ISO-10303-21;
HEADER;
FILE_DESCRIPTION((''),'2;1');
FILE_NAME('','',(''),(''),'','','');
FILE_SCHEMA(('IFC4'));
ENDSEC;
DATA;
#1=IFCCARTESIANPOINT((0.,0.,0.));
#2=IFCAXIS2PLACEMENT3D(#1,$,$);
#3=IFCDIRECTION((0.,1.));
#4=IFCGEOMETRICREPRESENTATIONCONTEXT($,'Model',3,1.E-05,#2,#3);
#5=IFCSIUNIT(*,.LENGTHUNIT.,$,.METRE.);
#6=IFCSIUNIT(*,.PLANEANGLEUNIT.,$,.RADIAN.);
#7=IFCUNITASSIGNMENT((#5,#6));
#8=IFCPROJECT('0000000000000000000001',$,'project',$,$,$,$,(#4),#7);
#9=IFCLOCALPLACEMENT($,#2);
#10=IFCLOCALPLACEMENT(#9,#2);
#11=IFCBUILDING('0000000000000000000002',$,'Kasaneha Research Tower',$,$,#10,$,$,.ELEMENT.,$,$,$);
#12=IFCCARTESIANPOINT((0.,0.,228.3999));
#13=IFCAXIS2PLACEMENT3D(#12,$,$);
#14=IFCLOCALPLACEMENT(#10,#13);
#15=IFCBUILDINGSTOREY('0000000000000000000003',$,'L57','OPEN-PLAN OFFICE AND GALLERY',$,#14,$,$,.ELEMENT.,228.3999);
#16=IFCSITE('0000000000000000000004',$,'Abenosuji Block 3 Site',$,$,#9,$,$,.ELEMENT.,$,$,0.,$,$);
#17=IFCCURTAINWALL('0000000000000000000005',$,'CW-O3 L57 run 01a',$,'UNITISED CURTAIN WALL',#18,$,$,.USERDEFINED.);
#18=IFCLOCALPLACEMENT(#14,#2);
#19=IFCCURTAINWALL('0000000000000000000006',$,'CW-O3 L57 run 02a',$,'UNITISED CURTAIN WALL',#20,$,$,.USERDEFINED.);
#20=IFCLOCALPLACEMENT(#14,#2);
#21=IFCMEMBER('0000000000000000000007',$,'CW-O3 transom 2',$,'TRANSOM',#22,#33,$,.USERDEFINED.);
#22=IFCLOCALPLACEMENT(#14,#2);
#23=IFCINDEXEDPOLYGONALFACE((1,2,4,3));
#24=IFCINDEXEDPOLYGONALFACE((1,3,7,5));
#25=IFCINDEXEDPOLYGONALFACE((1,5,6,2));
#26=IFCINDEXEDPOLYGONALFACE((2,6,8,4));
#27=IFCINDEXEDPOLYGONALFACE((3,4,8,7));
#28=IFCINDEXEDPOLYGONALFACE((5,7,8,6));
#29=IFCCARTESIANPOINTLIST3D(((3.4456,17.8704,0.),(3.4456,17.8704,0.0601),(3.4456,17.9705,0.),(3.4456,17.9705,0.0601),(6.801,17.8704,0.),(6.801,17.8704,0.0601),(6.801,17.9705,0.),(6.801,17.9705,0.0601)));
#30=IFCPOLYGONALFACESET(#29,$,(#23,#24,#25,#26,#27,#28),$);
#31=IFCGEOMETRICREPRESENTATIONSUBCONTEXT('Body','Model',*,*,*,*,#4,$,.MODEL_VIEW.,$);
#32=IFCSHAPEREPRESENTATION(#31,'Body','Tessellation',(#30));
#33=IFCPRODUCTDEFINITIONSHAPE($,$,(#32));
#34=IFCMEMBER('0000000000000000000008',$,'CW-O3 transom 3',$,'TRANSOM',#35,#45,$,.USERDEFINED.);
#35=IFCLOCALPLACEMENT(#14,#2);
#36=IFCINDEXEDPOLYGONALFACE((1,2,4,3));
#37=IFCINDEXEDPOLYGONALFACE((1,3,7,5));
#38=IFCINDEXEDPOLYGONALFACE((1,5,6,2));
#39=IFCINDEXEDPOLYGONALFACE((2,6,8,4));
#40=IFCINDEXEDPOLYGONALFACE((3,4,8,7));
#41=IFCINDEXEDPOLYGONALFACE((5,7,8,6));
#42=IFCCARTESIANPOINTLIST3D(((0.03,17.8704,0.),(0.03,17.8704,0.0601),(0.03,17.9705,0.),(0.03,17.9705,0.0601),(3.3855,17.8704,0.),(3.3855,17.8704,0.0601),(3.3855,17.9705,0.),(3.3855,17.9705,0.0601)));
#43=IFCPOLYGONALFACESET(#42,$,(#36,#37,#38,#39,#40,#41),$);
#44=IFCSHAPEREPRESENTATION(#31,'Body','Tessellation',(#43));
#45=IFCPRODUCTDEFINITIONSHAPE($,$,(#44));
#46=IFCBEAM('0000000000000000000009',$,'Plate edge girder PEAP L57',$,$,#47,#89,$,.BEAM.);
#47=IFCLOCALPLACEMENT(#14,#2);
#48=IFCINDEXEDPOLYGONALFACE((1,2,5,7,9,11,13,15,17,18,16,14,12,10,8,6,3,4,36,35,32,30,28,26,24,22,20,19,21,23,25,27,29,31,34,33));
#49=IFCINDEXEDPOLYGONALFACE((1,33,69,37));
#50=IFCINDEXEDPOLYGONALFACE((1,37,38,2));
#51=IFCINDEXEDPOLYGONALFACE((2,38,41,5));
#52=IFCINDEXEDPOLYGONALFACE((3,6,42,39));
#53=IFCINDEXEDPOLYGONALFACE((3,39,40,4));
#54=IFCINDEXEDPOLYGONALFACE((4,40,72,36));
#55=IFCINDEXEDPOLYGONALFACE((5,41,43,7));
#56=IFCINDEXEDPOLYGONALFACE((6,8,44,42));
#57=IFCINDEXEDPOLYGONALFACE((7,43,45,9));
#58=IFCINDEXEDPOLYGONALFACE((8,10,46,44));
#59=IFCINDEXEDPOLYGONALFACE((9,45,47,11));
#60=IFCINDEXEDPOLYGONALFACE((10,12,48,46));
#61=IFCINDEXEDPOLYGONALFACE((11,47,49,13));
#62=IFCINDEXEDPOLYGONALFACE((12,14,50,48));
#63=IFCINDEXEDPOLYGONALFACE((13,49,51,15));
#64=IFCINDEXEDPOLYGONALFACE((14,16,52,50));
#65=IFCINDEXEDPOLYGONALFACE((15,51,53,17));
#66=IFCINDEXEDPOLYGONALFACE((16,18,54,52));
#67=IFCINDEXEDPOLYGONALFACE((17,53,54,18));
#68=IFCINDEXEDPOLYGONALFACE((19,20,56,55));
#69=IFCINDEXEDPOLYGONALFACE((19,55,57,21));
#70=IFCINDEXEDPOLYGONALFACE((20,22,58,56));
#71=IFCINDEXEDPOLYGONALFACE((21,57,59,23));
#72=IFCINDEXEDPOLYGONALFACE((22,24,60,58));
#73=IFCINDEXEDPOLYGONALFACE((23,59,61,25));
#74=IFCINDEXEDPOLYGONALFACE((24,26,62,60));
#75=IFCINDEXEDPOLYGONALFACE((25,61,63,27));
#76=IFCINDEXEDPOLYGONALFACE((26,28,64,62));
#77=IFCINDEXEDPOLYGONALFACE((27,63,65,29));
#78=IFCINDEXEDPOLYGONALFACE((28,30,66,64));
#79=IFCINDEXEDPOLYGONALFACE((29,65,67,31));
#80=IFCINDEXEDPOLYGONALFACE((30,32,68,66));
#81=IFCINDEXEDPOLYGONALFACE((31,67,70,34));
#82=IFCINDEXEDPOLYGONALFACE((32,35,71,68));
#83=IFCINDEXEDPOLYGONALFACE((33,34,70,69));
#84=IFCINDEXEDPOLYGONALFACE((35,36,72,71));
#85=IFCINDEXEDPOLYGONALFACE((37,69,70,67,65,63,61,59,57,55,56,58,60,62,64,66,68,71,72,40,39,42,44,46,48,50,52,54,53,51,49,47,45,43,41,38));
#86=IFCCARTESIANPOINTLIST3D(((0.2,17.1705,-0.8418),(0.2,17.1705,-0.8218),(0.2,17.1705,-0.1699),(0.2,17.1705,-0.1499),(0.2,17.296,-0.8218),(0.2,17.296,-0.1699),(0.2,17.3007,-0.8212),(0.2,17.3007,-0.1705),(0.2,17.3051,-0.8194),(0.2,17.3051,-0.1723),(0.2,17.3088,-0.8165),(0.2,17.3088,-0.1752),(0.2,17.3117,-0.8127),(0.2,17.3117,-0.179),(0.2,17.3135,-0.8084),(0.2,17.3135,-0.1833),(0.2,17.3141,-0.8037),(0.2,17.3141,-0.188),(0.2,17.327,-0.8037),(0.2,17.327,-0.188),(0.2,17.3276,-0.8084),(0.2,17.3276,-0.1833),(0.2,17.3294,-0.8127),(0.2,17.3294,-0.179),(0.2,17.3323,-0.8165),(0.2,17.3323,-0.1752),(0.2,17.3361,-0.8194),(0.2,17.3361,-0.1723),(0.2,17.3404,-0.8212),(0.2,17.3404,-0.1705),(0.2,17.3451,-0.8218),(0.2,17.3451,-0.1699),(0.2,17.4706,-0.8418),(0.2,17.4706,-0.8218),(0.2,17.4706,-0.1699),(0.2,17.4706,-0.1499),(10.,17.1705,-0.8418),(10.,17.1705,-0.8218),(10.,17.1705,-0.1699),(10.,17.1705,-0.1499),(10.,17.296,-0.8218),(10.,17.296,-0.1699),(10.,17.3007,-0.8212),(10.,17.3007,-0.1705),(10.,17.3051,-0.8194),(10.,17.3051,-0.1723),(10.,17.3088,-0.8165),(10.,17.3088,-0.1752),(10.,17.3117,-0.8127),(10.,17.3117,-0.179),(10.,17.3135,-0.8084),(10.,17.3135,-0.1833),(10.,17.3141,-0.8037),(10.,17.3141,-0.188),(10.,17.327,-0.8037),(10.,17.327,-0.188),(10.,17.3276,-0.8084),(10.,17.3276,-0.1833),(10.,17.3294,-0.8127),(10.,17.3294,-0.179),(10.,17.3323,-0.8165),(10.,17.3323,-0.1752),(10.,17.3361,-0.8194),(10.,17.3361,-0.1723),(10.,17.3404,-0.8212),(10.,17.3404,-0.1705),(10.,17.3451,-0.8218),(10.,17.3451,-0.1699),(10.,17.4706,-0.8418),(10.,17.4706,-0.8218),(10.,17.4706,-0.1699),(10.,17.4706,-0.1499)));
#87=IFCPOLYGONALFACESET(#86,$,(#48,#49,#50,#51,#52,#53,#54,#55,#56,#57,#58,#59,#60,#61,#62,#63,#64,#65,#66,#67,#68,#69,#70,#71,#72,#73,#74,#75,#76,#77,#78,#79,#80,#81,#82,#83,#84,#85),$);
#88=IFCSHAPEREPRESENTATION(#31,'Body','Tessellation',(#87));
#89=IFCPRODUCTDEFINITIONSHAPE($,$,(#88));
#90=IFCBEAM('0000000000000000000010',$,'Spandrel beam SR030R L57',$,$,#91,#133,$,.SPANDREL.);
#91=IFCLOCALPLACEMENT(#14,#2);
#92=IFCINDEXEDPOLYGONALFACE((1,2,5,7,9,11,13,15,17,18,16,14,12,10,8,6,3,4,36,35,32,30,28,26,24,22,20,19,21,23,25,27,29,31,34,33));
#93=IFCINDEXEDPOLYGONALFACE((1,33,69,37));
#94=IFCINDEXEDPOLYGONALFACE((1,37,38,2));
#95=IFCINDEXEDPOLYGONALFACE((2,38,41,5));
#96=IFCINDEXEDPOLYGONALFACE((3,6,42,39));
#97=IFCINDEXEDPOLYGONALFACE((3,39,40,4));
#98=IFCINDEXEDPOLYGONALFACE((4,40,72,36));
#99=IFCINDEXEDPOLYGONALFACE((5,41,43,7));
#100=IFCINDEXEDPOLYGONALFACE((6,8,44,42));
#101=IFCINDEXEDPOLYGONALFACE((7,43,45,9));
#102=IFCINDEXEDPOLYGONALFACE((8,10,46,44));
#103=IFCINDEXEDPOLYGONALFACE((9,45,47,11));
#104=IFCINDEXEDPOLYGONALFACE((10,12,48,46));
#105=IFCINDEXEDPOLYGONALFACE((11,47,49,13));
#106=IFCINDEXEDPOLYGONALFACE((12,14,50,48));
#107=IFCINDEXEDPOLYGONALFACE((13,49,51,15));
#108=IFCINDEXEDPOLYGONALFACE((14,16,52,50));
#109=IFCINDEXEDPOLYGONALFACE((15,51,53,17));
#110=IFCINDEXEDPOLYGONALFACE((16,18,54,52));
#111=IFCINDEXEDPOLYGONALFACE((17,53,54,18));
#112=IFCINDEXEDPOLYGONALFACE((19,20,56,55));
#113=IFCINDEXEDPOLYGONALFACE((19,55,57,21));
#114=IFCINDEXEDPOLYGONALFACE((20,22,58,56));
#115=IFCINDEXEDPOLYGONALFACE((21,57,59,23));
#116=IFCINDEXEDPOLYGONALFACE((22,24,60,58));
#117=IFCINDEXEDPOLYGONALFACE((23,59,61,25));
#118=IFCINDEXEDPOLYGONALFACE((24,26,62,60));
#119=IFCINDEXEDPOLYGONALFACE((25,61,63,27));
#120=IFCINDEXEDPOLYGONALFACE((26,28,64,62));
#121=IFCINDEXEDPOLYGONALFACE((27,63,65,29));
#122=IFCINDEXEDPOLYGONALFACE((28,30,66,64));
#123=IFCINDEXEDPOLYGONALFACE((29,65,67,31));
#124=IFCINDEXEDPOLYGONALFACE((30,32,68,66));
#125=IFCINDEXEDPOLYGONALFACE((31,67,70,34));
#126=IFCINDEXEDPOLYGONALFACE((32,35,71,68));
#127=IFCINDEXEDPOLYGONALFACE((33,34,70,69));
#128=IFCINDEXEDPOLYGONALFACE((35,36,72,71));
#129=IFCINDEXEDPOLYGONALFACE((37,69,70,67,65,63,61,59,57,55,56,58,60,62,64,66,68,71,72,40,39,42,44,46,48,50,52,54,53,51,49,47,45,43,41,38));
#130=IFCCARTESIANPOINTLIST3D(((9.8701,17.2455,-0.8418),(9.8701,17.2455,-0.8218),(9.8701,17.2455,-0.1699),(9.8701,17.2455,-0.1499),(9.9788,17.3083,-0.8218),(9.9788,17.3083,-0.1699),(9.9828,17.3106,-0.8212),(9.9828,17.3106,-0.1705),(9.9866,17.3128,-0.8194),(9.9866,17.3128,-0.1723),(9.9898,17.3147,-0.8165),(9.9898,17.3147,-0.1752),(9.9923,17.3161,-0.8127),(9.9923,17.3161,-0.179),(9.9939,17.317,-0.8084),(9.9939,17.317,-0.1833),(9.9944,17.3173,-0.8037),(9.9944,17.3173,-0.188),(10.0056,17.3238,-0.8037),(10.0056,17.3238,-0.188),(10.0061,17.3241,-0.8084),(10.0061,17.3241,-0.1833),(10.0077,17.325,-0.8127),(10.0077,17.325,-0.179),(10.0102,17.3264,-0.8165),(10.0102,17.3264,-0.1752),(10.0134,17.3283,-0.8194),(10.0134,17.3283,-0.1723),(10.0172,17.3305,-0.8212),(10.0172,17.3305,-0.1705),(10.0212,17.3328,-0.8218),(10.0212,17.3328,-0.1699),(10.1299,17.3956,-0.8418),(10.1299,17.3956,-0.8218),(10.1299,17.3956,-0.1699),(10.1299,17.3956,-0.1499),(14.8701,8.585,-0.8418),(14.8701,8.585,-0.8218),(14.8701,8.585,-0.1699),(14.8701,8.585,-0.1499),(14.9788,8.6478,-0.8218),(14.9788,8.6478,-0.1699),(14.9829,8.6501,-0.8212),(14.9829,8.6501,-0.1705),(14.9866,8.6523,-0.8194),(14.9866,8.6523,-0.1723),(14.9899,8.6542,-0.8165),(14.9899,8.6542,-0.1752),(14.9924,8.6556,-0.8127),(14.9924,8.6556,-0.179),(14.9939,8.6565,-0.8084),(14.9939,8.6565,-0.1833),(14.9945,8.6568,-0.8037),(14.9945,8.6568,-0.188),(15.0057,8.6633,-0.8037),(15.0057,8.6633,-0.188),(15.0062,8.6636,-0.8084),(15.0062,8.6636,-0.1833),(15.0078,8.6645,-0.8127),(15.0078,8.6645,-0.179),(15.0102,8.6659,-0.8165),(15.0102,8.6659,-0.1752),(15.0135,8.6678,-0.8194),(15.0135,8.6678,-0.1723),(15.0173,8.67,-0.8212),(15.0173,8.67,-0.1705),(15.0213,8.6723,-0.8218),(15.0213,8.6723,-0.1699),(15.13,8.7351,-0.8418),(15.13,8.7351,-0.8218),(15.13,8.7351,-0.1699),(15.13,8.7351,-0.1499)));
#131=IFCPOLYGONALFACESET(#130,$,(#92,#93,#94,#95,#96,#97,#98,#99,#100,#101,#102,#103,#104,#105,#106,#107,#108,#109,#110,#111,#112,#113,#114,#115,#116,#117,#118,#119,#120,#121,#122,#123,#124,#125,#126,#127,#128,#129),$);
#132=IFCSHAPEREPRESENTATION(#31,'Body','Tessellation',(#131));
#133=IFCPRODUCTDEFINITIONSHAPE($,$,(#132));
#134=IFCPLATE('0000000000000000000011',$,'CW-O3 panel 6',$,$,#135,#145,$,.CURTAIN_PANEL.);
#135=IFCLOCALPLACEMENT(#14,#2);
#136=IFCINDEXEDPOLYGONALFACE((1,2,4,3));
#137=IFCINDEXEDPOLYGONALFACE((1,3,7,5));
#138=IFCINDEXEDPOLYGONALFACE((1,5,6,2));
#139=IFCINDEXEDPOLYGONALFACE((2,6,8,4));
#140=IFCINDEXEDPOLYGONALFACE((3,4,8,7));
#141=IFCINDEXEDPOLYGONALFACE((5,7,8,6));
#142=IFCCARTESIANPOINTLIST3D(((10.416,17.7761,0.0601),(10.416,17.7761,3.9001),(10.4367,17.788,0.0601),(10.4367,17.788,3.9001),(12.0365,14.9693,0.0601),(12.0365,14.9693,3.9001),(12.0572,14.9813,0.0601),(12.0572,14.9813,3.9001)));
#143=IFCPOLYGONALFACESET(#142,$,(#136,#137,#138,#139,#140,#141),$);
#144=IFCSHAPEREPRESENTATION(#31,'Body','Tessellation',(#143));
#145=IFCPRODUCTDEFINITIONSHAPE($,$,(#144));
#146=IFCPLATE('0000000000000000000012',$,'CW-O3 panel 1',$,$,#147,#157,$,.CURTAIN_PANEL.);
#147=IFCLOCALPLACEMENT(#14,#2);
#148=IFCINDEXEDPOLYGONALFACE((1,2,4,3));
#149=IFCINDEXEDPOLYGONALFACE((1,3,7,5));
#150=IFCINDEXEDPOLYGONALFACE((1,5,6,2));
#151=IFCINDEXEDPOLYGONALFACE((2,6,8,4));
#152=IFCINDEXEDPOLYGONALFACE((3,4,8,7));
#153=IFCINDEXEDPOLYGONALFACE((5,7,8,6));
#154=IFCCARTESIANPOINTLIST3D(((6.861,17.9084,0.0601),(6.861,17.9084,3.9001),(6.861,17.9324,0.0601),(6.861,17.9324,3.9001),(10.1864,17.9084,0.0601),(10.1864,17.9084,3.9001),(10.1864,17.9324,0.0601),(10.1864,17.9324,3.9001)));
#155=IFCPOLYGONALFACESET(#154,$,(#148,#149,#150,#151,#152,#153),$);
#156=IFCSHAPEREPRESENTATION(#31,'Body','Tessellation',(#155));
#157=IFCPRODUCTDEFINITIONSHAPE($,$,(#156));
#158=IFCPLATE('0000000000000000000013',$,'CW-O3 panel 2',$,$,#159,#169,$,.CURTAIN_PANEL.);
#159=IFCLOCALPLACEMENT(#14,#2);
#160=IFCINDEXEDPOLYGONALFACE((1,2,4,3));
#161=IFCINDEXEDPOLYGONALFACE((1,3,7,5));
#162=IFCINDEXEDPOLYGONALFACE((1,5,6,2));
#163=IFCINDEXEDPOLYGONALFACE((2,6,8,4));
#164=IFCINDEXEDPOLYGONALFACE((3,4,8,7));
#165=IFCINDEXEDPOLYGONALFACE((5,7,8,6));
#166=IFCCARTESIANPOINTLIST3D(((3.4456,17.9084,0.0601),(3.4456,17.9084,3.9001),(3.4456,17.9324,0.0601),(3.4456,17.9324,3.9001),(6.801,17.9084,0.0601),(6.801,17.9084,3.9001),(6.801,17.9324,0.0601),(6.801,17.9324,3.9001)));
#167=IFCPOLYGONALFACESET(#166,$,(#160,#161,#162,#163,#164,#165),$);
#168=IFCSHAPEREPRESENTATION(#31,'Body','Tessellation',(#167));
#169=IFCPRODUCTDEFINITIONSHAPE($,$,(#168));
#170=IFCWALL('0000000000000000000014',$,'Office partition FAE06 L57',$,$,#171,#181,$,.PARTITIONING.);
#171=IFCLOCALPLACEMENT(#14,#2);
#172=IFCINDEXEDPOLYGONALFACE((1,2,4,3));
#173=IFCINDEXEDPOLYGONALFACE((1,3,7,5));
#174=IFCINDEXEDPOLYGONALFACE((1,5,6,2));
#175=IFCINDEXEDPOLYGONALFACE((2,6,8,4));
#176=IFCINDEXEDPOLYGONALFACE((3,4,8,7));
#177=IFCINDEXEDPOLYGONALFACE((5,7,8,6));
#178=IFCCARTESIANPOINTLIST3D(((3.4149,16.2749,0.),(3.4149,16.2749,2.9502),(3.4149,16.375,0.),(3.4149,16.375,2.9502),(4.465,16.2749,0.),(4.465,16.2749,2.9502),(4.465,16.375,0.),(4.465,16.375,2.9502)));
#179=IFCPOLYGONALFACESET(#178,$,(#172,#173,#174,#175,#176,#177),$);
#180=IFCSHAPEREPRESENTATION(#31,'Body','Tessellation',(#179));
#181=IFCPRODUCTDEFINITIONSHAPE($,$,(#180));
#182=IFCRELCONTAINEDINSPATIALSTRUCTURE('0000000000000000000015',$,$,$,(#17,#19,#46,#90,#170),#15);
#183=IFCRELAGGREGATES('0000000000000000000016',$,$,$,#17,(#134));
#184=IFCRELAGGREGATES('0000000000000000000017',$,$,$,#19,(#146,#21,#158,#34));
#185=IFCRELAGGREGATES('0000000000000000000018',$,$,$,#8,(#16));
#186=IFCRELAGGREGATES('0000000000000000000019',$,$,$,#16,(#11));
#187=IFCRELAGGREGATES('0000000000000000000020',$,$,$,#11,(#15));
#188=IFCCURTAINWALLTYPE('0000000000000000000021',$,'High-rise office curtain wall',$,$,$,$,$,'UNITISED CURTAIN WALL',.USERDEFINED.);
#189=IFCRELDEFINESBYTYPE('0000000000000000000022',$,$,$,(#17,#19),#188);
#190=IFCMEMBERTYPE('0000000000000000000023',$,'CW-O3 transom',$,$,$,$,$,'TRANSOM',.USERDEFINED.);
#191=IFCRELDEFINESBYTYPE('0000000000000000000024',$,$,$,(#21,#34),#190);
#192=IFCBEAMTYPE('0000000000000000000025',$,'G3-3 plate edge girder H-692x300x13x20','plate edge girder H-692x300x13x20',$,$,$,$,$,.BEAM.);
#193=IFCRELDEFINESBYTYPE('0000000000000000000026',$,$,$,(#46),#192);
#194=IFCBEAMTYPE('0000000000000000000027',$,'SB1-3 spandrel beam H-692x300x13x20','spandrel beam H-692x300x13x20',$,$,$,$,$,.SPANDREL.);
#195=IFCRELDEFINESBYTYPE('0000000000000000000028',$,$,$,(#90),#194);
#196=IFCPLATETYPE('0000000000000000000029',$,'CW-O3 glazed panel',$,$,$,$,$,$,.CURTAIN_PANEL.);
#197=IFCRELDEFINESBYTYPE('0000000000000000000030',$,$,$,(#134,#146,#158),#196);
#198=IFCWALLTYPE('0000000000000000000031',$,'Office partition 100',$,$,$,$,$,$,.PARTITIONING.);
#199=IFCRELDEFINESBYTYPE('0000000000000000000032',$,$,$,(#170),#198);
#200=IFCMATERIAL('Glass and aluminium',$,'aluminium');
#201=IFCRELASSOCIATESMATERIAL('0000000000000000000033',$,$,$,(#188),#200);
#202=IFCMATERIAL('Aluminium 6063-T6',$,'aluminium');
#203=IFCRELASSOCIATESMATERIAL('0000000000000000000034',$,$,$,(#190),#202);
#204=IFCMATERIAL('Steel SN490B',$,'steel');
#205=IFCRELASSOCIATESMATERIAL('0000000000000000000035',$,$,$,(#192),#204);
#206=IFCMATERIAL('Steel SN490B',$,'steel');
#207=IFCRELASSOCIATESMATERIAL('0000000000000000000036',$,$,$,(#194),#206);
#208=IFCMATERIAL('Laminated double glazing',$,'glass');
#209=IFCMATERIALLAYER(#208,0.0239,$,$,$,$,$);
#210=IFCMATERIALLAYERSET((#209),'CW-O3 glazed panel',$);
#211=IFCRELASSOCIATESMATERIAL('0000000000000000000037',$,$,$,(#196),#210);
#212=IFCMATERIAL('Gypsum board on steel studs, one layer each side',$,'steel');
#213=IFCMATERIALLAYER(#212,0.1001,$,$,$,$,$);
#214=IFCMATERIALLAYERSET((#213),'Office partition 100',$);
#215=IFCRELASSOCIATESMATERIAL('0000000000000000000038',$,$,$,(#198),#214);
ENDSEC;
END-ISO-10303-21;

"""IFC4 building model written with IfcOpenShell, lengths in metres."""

from ifc_helpers import new_model, si_unit, direction, frame, frame_2d, origin, origin_2d, place, context, subcontext, project, spatial, rectangle, i_section, extrude, material, layer, layer_set, material_profile, profile_set, type_object, element, aggregate, save


model = new_model("IFC4")

# Units and contexts
model_context = context("Model", 3, precision=1e-05, world=origin(), true_north=direction((0.0, 1.0)))
body_context = subcontext(model_context, "Body", "Model", "MODEL_VIEW")
ifc_project = project(units=[si_unit("LENGTHUNIT", "METRE"), si_unit("PLANEANGLEUNIT", "RADIAN")], contexts=[model_context])

# Site, building, storey
site_placement = place(None, origin())
site = spatial("IfcSite", under=ifc_project, at=site_placement, Name="Abenosuji Block 3 Site", CompositionType="ELEMENT", RefElevation=0.0)
building_placement = place(site_placement, origin())
building = spatial("IfcBuilding", under=site, at=building_placement, Name="Kasaneha Research Tower", CompositionType="ELEMENT")
storey_placement = place(building_placement, frame((0.0, 0.0, 228.3999)))
storey = spatial("IfcBuildingStorey", under=building, at=storey_placement, Name="L57", Description="OPEN-PLAN OFFICE AND GALLERY", CompositionType="ELEMENT", Elevation=228.3999)

# Curtain wall
ifc_material_1 = material(Name="Glass and aluminium", Category="aluminium")
curtain_wall_type = type_object("IfcCurtainWallType", Name="High-rise office curtain wall", ElementType="UNITISED CURTAIN WALL", PredefinedType="USERDEFINED", material=ifc_material_1)
curtain_wall_1_placement = place(storey_placement, origin())
curtain_wall_1 = element("IfcCurtainWall", 1, at=curtain_wall_1_placement, inside=storey, type_object=curtain_wall_type, Name="CW-O3 L57 run 01a", ObjectType="UNITISED CURTAIN WALL", PredefinedType="USERDEFINED")

# Curtain wall, members
curtain_wall_2_placement = place(storey_placement, origin())
curtain_wall_2 = element("IfcCurtainWall", 2, at=curtain_wall_2_placement, inside=storey, type_object=curtain_wall_type, Name="CW-O3 L57 run 02a", ObjectType="UNITISED CURTAIN WALL", PredefinedType="USERDEFINED")
ifc_material_2 = material(Name="Aluminium 6063-T6", Category="aluminium")
ifc_material_profile_1 = material_profile(ifc_material_2, rectangle(XDim=0.1001, YDim=0.0601, at=origin_2d()), Name="CW-O3 transom 100x60")
ifc_profile_set_1 = profile_set([ifc_material_profile_1], Name="Aluminium 6063-T6")
member_type_1 = type_object("IfcMemberType", Name="CW-O3 transom", ElementType="TRANSOM", PredefinedType="USERDEFINED", material=ifc_profile_set_1)
member_1_placement = place(storey_placement, frame((6.801, 17.9204, 0.03), z_axis=(-1.0, 0.0, 0.0), x_axis=(0.0, -1.0, 0.0)))
member_1 = element("IfcMember", 3, at=member_1_placement, type_object=member_type_1, Name="CW-O3 transom 2", ObjectType="TRANSOM", PredefinedType="USERDEFINED", context=body_context, shape_type="SweptSolid", body=[
    extrude(rectangle(XDim=0.1001, YDim=0.0601, at=origin_2d()), origin(), (0.0, 0.0, 1.0), 3.3555),
])
member_2_placement = place(storey_placement, frame((3.3855, 17.9204, 0.03), z_axis=(-1.0, 0.0, 0.0), x_axis=(0.0, -1.0, 0.0)))
member_2 = element("IfcMember", 4, at=member_2_placement, type_object=member_type_1, Name="CW-O3 transom 3", ObjectType="TRANSOM", PredefinedType="USERDEFINED", context=body_context, shape_type="SweptSolid", body=[
    extrude(rectangle(XDim=0.1001, YDim=0.0601, at=origin_2d()), origin(), (0.0, 0.0, 1.0), 3.3555),
])

# Beams
ifc_material_3 = material(Name="Steel SN490B", Category="steel")
ifc_material_profile_2 = material_profile(ifc_material_3, i_section(OverallWidth=0.3, OverallDepth=0.6919, WebThickness=0.0129, FlangeThickness=0.02, FilletRadius=0.0181, at=origin_2d()), Name="H-692x300x13x20")
ifc_profile_set_2 = profile_set([ifc_material_profile_2], Name="Steel SN490B")
beam_type_1 = type_object("IfcBeamType", Name="G3-3 plate edge girder H-692x300x13x20", Description="plate edge girder H-692x300x13x20", PredefinedType="BEAM", material=ifc_profile_set_2)
beam_1_placement = place(storey_placement, frame((10.0, 17.3206, -0.4958), z_axis=(-1.0, 0.0, 0.0), x_axis=(0.0, -1.0, 0.0)))
element("IfcBeam", 5, at=beam_1_placement, inside=storey, type_object=beam_type_1, Name="Plate edge girder PEAP L57", PredefinedType="BEAM", context=body_context, shape_type="SweptSolid", body=[
    extrude(i_section(OverallWidth=0.3, OverallDepth=0.6919, WebThickness=0.0129, FlangeThickness=0.02, FilletRadius=0.0181, at=origin_2d()), origin(), (0.0, 0.0, 1.0), 9.8),
])
ifc_material_4 = material(Name="Steel SN490B", Category="steel")
ifc_material_profile_3 = material_profile(ifc_material_4, i_section(OverallWidth=0.3, OverallDepth=0.6919, WebThickness=0.0129, FlangeThickness=0.02, FilletRadius=0.0181, at=origin_2d()), Name="H-692x300x13x20")
ifc_profile_set_3 = profile_set([ifc_material_profile_3], Name="Steel SN490B")
beam_type_2 = type_object("IfcBeamType", Name="SB1-3 spandrel beam H-692x300x13x20", Description="spandrel beam H-692x300x13x20", PredefinedType="SPANDREL", material=ifc_profile_set_3)
beam_2_placement = place(storey_placement, frame((10.0, 17.3206, -0.4958), z_axis=(0.499994, -0.866029, 0.0), x_axis=(0.866029, 0.499994, 0.0)))
element("IfcBeam", 6, at=beam_2_placement, inside=storey, type_object=beam_type_2, Name="Spandrel beam SR030R L57", PredefinedType="SPANDREL", context=body_context, shape_type="SweptSolid", body=[
    extrude(i_section(OverallWidth=0.3, OverallDepth=0.6919, WebThickness=0.0129, FlangeThickness=0.02, FilletRadius=0.0181, at=origin_2d()), origin(), (0.0, 0.0, 1.0), 10.0002),
])

# Plates
ifc_material_5 = material(Name="Laminated double glazing", Category="glass")
ifc_layer_1 = layer(ifc_material_5, 0.0239)
ifc_layer_set_1 = layer_set([ifc_layer_1], Name="CW-O3 glazed panel")
plate_type = type_object("IfcPlateType", Name="CW-O3 glazed panel", PredefinedType="CURTAIN_PANEL", material=ifc_layer_set_1)
plate_1_placement = place(storey_placement, frame((11.2366, 16.3787, 0.0601), z_axis=(0.0, 0.0, 1.0), x_axis=(-0.5, 0.866025, 0.0)))
plate_1 = element("IfcPlate", 7, at=plate_1_placement, type_object=plate_type, Name="CW-O3 panel 6", PredefinedType="CURTAIN_PANEL", context=body_context, shape_type="SweptSolid", body=[
    extrude(rectangle(XDim=3.241, YDim=0.0239, at=origin_2d()), origin(), (0.0, 0.0, 1.0), 3.8401),
])
aggregate(curtain_wall_1, [plate_1])
plate_2_placement = place(storey_placement, frame((8.5237, 17.9204, 0.0601), z_axis=(0.0, 0.0, 1.0), x_axis=(-1.0, 0.0, 0.0)))
plate_2 = element("IfcPlate", 8, at=plate_2_placement, type_object=plate_type, Name="CW-O3 panel 1", PredefinedType="CURTAIN_PANEL", context=body_context, shape_type="SweptSolid", body=[
    extrude(rectangle(XDim=3.3254, YDim=0.0239, at=origin_2d()), origin(), (0.0, 0.0, 1.0), 3.8401),
])
plate_3_placement = place(storey_placement, frame((5.1233, 17.9204, 0.0601), z_axis=(0.0, 0.0, 1.0), x_axis=(-1.0, 0.0, 0.0)))
plate_3 = element("IfcPlate", 9, at=plate_3_placement, type_object=plate_type, Name="CW-O3 panel 2", PredefinedType="CURTAIN_PANEL", context=body_context, shape_type="SweptSolid", body=[
    extrude(rectangle(XDim=3.3555, YDim=0.0239, at=origin_2d()), origin(), (0.0, 0.0, 1.0), 3.8401),
])
aggregate(curtain_wall_2, [plate_2, member_1, plate_3, member_2])

# Wall
ifc_material_6 = material(Name="Gypsum board on steel studs, one layer each side", Category="steel")
ifc_layer_2 = layer(ifc_material_6, 0.1001)
ifc_layer_set_2 = layer_set([ifc_layer_2], Name="Office partition 100")
wall_type_1 = type_object("IfcWallType", Name="Office partition 100", PredefinedType="PARTITIONING", material=ifc_layer_set_2)
wall_1_placement = place(storey_placement, frame((3.415, 16.325, 0.0), z_axis=(0.0, 0.0, 1.0), x_axis=(1.0, 0.0, 0.0)))
element("IfcWall", 10, at=wall_1_placement, inside=storey, type_object=wall_type_1, Name="Office partition FAE06 L57", PredefinedType="PARTITIONING", context=body_context, shape_type="SweptSolid", body=[
    extrude(rectangle(XDim=1.05, YDim=0.1001, at=frame_2d((0.5249, 0.0))), origin(), (0.0, 0.0, 1.0), 2.9502),
])

save(model, "model.ifc")
